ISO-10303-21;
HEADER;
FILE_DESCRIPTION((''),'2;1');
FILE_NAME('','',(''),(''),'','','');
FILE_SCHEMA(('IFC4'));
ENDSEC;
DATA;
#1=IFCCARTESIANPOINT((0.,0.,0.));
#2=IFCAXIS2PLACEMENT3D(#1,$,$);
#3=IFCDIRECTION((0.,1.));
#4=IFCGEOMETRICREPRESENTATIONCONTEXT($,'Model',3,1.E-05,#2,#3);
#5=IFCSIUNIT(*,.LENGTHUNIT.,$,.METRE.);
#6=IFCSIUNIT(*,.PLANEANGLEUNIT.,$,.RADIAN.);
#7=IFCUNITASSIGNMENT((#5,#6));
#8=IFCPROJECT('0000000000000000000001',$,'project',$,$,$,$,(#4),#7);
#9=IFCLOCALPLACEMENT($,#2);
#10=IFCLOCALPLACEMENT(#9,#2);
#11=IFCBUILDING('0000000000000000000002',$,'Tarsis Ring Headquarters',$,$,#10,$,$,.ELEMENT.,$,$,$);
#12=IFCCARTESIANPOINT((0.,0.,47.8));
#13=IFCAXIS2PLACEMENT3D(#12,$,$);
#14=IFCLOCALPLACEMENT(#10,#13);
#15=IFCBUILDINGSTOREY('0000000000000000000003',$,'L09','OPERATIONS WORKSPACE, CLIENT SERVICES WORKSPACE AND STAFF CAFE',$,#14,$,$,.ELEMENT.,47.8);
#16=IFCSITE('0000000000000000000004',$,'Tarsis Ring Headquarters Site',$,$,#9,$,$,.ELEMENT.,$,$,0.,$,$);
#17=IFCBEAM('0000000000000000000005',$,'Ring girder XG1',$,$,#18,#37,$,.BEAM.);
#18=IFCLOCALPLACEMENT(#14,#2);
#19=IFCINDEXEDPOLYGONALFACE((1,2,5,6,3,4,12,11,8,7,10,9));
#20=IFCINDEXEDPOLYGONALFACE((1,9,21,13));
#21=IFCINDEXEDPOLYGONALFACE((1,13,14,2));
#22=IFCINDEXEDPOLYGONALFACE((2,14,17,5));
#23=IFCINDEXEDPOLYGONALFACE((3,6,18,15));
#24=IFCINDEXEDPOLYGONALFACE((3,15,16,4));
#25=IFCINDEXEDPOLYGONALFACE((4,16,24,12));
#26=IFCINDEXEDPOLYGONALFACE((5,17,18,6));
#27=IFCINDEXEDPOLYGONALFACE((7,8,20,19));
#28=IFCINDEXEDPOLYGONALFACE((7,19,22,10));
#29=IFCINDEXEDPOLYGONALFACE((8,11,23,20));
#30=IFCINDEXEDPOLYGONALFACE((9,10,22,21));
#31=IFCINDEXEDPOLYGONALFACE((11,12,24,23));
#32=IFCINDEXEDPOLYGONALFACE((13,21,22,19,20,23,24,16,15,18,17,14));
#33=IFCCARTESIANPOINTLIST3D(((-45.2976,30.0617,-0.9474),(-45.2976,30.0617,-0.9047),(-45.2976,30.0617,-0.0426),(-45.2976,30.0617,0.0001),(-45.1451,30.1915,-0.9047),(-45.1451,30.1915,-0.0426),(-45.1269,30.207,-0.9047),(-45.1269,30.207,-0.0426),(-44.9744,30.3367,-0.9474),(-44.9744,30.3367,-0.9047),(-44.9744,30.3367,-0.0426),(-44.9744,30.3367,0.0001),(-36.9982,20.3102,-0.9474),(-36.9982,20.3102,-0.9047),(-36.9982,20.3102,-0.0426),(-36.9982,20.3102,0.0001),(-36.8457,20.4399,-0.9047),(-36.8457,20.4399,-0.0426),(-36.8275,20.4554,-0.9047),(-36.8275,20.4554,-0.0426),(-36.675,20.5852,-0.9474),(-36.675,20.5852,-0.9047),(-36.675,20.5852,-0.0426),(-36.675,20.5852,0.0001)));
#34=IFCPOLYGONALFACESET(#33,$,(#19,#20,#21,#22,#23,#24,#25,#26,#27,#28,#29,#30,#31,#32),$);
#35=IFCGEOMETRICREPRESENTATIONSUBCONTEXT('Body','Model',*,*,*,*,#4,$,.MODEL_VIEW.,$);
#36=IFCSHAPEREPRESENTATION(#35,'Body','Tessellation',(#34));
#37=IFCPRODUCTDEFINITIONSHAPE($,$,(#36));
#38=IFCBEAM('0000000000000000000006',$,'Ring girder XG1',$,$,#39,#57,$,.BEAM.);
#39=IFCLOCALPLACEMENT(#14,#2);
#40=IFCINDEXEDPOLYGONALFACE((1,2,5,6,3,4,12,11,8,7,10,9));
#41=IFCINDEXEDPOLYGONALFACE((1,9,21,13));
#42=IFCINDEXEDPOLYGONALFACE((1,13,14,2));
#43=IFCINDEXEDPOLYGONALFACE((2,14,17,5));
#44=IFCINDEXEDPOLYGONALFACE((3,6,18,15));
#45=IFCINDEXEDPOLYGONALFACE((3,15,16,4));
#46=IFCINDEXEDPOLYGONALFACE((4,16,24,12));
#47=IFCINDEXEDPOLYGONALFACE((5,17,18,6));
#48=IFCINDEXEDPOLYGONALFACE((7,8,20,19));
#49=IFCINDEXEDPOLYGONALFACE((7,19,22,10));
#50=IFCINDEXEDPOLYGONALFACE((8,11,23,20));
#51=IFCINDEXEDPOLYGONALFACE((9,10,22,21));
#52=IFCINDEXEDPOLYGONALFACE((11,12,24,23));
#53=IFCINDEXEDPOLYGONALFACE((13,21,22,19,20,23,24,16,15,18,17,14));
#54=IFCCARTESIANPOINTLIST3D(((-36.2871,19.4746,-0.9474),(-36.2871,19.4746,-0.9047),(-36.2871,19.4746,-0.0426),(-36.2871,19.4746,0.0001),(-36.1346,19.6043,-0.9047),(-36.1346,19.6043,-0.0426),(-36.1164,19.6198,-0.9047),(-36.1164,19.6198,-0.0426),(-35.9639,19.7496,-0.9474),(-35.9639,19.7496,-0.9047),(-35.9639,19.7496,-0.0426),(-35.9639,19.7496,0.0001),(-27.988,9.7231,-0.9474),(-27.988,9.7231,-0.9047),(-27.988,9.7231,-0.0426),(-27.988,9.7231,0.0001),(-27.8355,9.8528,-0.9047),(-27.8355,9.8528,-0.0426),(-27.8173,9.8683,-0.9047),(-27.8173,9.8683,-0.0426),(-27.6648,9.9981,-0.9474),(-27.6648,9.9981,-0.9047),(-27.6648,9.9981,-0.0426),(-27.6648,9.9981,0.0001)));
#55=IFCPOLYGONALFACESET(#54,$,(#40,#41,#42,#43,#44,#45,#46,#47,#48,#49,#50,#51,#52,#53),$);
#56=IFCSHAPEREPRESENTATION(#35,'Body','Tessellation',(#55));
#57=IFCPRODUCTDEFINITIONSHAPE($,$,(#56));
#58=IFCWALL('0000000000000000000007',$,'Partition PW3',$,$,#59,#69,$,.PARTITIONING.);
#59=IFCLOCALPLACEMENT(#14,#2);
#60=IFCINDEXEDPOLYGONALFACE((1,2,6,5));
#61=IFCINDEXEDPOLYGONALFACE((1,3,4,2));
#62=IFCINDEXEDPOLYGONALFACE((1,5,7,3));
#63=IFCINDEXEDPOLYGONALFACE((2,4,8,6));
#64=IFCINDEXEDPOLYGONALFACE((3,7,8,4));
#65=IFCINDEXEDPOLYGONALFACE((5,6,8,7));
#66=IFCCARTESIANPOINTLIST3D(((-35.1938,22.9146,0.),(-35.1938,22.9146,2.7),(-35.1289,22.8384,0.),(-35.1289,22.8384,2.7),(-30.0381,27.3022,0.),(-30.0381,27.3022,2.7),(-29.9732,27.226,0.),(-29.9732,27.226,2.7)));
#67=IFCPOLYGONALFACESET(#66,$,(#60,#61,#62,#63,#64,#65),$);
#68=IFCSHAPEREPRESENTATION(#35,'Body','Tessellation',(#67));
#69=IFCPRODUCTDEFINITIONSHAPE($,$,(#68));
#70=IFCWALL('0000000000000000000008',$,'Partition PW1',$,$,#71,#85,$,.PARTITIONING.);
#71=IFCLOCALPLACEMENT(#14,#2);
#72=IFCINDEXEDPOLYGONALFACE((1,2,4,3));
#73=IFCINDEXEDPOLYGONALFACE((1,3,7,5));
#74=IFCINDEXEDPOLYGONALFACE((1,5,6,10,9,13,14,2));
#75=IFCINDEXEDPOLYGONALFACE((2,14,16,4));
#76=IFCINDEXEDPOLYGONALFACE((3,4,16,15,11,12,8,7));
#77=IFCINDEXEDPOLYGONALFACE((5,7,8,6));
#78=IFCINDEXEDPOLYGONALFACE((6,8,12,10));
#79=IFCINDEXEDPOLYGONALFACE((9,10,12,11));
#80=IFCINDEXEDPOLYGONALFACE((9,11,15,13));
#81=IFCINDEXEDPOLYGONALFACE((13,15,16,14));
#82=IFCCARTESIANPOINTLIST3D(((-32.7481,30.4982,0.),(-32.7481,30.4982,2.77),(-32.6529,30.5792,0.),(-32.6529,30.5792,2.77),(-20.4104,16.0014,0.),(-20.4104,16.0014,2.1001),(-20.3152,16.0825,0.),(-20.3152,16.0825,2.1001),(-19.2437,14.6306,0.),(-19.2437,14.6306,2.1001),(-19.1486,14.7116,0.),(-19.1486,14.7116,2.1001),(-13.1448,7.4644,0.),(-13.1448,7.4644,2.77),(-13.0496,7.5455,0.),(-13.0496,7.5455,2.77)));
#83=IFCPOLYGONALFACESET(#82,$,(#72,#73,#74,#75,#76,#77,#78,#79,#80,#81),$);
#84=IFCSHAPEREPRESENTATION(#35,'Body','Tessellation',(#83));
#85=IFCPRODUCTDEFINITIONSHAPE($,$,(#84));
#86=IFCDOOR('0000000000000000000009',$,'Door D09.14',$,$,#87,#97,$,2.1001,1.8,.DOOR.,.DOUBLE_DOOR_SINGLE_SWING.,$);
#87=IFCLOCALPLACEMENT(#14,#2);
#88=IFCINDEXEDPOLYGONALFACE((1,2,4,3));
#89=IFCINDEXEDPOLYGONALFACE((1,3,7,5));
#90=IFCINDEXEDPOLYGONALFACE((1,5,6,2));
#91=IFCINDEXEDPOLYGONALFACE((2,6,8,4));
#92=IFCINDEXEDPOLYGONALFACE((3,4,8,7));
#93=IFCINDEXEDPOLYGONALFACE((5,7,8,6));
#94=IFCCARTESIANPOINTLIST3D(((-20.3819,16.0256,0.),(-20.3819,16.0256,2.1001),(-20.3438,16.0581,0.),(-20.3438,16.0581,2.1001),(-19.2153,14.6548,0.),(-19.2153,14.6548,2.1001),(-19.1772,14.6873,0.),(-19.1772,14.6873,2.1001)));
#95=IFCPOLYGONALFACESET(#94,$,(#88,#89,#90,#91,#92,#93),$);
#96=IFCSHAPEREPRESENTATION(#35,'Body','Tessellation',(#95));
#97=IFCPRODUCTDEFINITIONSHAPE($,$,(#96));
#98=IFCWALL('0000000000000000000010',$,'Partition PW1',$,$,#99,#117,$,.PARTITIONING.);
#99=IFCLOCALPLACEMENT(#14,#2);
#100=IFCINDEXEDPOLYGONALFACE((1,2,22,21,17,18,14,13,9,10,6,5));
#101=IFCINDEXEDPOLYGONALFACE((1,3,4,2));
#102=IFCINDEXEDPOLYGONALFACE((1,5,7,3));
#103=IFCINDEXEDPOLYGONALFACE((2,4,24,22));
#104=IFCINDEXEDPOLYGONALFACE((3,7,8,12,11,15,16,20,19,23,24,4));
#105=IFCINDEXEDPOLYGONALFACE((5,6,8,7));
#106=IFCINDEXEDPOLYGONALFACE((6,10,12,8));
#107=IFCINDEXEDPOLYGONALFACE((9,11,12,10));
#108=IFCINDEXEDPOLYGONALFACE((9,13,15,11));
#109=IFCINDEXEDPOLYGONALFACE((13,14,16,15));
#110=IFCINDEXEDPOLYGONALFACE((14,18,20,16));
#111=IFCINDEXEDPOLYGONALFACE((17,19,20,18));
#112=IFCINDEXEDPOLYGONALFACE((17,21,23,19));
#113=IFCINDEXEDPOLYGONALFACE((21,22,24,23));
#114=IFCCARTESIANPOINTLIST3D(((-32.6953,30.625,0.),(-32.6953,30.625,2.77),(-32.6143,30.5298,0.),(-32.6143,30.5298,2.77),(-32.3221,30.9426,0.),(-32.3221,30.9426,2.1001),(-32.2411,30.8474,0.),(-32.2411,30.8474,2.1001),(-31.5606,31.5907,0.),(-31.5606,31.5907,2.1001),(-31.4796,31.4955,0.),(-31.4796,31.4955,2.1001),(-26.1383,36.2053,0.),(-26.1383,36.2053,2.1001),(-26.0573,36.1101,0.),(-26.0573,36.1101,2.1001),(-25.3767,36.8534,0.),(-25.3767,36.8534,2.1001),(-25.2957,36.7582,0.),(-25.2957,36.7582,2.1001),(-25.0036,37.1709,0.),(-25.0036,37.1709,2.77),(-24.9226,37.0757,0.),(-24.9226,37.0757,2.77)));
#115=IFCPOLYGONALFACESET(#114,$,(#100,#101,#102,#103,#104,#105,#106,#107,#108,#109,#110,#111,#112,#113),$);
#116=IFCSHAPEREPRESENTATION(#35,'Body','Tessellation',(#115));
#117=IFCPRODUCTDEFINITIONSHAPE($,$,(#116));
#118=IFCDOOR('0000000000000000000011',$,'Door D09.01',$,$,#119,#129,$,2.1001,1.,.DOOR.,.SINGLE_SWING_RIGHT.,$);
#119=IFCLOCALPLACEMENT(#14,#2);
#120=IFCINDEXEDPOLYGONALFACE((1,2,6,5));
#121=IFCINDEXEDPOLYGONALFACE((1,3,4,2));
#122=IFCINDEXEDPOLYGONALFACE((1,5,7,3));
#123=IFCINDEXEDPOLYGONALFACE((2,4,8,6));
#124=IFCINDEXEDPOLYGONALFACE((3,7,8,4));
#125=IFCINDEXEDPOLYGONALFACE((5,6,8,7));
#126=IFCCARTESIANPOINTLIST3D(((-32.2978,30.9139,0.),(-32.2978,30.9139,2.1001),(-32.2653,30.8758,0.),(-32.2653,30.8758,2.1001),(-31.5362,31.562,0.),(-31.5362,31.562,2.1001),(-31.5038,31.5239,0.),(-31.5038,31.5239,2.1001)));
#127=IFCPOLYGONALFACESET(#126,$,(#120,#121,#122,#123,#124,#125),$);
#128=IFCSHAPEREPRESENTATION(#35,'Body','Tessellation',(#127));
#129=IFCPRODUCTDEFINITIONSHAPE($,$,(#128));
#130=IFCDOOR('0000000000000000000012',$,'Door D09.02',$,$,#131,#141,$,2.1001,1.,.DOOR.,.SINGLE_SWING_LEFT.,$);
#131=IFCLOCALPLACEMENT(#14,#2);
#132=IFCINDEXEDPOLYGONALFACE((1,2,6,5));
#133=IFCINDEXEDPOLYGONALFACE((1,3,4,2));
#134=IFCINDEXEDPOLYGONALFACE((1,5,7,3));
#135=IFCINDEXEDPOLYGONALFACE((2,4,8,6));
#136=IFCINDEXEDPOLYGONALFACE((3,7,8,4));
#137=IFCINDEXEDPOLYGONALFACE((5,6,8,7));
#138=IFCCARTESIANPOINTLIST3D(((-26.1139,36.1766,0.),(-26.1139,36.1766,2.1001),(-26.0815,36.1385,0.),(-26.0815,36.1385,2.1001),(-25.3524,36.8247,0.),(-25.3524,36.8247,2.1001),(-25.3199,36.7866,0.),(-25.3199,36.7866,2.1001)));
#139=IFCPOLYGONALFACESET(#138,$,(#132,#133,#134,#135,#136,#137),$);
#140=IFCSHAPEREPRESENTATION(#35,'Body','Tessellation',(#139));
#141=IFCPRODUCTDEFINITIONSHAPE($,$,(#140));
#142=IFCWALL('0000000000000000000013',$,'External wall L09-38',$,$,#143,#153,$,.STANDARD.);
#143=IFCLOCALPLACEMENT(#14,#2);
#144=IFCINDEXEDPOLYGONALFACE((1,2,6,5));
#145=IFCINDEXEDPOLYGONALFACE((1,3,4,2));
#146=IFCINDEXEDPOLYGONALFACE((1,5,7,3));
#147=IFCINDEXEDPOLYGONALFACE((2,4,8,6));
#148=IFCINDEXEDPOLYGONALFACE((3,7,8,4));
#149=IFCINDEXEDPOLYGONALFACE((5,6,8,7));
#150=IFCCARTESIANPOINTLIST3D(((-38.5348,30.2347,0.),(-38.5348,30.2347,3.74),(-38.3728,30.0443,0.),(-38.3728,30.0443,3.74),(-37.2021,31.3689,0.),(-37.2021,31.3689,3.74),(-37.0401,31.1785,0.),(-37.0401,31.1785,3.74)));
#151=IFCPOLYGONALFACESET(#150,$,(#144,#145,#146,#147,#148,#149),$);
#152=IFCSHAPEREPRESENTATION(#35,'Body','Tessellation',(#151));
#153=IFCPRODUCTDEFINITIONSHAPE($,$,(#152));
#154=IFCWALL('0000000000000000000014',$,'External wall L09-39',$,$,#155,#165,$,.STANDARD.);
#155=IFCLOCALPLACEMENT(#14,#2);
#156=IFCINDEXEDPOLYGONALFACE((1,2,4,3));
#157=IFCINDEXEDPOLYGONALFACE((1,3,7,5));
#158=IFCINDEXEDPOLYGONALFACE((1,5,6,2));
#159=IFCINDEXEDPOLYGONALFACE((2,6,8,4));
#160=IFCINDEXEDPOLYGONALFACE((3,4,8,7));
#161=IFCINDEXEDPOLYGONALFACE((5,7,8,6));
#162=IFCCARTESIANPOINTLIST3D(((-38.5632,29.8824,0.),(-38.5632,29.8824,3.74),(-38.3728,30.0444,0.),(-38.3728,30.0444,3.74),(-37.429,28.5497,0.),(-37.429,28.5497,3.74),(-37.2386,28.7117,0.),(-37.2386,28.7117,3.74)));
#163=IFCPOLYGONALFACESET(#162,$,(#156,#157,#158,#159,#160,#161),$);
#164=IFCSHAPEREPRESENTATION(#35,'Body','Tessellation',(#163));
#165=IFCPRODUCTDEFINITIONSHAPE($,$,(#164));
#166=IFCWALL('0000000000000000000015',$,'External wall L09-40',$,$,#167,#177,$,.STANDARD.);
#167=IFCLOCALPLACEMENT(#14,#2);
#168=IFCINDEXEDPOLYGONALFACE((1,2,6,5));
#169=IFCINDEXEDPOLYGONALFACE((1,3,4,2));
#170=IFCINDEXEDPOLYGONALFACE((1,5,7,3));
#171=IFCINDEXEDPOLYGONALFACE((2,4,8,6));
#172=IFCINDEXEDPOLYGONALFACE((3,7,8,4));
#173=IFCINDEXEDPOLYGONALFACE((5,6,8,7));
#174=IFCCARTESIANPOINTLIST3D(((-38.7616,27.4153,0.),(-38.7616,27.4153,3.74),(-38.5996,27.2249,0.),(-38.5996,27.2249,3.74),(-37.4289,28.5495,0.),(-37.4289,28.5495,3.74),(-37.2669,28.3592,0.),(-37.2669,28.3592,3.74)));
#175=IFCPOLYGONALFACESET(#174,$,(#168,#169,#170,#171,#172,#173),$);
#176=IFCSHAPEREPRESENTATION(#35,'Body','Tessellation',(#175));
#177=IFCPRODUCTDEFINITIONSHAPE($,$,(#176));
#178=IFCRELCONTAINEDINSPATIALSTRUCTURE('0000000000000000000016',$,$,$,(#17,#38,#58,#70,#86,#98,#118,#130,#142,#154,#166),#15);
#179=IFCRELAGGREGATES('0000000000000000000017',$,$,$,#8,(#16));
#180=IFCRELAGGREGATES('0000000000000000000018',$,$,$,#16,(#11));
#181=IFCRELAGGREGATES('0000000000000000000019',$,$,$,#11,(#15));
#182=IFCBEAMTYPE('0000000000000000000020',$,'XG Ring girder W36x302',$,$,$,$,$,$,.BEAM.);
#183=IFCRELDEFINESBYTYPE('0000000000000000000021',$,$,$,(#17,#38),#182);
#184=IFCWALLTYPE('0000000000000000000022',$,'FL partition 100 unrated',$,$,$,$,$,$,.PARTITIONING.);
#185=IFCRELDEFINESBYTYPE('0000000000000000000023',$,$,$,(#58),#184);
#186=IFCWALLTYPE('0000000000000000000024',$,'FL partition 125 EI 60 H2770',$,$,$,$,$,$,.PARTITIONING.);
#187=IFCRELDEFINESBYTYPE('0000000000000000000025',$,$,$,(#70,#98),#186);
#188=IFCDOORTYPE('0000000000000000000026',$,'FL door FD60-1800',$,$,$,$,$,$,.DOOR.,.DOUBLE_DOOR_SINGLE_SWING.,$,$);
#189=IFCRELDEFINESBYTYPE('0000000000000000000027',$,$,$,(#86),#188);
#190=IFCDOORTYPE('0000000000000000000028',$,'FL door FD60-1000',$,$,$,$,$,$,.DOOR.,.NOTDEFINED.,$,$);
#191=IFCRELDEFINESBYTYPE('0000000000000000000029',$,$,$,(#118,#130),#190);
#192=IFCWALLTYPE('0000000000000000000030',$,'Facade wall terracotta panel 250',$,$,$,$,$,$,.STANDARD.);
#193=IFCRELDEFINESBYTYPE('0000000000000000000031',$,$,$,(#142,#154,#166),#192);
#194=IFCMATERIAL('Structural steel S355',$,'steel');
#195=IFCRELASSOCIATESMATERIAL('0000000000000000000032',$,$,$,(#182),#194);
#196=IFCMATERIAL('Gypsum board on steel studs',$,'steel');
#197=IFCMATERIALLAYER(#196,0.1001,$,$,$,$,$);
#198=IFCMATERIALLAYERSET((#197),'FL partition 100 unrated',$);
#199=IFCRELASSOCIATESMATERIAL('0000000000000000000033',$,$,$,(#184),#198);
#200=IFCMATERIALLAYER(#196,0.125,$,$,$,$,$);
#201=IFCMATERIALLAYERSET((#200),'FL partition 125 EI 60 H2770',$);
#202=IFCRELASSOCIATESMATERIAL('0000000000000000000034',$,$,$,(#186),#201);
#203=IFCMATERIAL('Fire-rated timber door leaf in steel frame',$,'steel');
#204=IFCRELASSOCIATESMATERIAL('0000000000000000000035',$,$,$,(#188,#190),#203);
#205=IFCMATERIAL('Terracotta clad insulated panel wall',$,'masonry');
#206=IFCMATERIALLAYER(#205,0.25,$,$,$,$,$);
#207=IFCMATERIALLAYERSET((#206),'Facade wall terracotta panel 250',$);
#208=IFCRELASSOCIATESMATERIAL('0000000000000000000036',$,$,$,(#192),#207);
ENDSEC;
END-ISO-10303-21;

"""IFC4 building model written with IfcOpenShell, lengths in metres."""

from ifc_helpers import new_model, si_unit, direction, frame, frame_2d, origin, origin_2d, place, context, subcontext, project, spatial, rectangle, i_section, extrude, material, layer, layer_set, material_profile, profile_set, type_object, element, fill, save


model = new_model("IFC4")

# Units and contexts
model_context = context("Model", 3, precision=1e-05, world=origin(), true_north=direction((0.0, 1.0)))
body_context = subcontext(model_context, "Body", "Model", "MODEL_VIEW")
ifc_project = project(units=[si_unit("LENGTHUNIT", "METRE"), si_unit("PLANEANGLEUNIT", "RADIAN")], contexts=[model_context])

# Site, building, storey
site_placement = place(None, origin())
site = spatial("IfcSite", under=ifc_project, at=site_placement, Name="Tarsis Ring Headquarters Site", CompositionType="ELEMENT", RefElevation=0.0)
building_placement = place(site_placement, origin())
building = spatial("IfcBuilding", under=site, at=building_placement, Name="Tarsis Ring Headquarters", CompositionType="ELEMENT")
storey_placement = place(building_placement, frame((0.0, 0.0, 47.8)))
storey = spatial("IfcBuildingStorey", under=building, at=storey_placement, Name="L09", Description="OPERATIONS WORKSPACE, CLIENT SERVICES WORKSPACE AND STAFF CAFE", CompositionType="ELEMENT", Elevation=47.8)

# Beams
ifc_material_1 = material(Name="Structural steel S355", Category="steel")
ifc_material_profile_1 = material_profile(ifc_material_1, i_section(OverallWidth=0.4243, OverallDepth=0.9475, WebThickness=0.0239, FlangeThickness=0.0427, at=origin_2d()), Name="W36x302")
ifc_profile_set_1 = profile_set([ifc_material_profile_1], Name="Structural steel S355")
beam_type = type_object("IfcBeamType", Name="XG Ring girder W36x302", PredefinedType="BEAM", material=ifc_profile_set_1)
beam_1_placement = place(storey_placement, frame((-45.136, 30.1992, -0.4736), z_axis=(0.648128, -0.761532, 0.0), x_axis=(0.761532, 0.648128, 0.0)))
element("IfcBeam", 1, at=beam_1_placement, inside=storey, type_object=beam_type, Name="Ring girder XG1", PredefinedType="BEAM", context=body_context, shape_type="SweptSolid", body=[
    extrude(i_section(OverallWidth=0.4243, OverallDepth=0.9475, WebThickness=0.0239, FlangeThickness=0.0427, at=origin_2d()), origin(), (0.0, 0.0, 1.0), 12.8052),
])
beam_2_placement = place(storey_placement, frame((-36.1255, 19.6121, -0.4736), z_axis=(0.648117, -0.761541, 0.0), x_axis=(0.761541, 0.648117, 0.0)))
element("IfcBeam", 2, at=beam_2_placement, inside=storey, type_object=beam_type, Name="Ring girder XG1", PredefinedType="BEAM", context=body_context, shape_type="SweptSolid", body=[
    extrude(i_section(OverallWidth=0.4243, OverallDepth=0.9475, WebThickness=0.0239, FlangeThickness=0.0427, at=origin_2d()), origin(), (0.0, 0.0, 1.0), 12.8049),
])

# Wall
ifc_material_2 = material(Name="Gypsum board on steel studs", Category="steel")
ifc_layer_1 = layer(ifc_material_2, 0.1001)
ifc_layer_set_1 = layer_set([ifc_layer_1], Name="FL partition 100 unrated")
wall_type_1 = type_object("IfcWallType", Name="FL partition 100 unrated", PredefinedType="PARTITIONING", material=ifc_layer_set_1)
wall_1_placement = place(storey_placement, frame((-35.1614, 22.8765, 0.0), z_axis=(0.0, 0.0, 1.0), x_axis=(0.761553, 0.648103, 0.0)))
element("IfcWall", 3, at=wall_1_placement, inside=storey, type_object=wall_type_1, Name="Partition PW3", PredefinedType="PARTITIONING", context=body_context, shape_type="SweptSolid", body=[
    extrude(rectangle(XDim=6.77, YDim=0.1001, at=frame_2d((3.385, 0.0))), origin(), (0.0, 0.0, 1.0), 2.7),
])

# Wall, opening, door
ifc_layer_2 = layer(ifc_material_2, 0.125)
ifc_layer_set_2 = layer_set([ifc_layer_2], Name="FL partition 125 EI 60 H2770")
wall_type_2 = type_object("IfcWallType", Name="FL partition 125 EI 60 H2770", PredefinedType="PARTITIONING", material=ifc_layer_set_2)
wall_2_placement = place(storey_placement, frame((-32.7004, 30.5386, 0.0), z_axis=(0.0, 0.0, 1.0), x_axis=(0.648121, -0.761537, 0.0)))
wall_2 = element("IfcWall", 4, at=wall_2_placement, inside=storey, type_object=wall_type_2, Name="Partition PW1", PredefinedType="PARTITIONING", context=body_context, shape_type="SweptSolid", body=[
    extrude(rectangle(XDim=30.2463, YDim=0.125, at=frame_2d((15.123, 0.0))), origin(), (0.0, 0.0, 1.0), 2.77),
])
opening_1_placement = place(wall_2_placement, frame((19.0361, 0.0, 0.0)))
opening_1 = element("IfcOpeningElement", 5, at=opening_1_placement, cuts=wall_2, PredefinedType="OPENING", context=body_context, shape_type="SweptSolid", body=[
    extrude(rectangle(XDim=1.8, YDim=2.1001, at=frame_2d((0.8999, 1.05))), frame((0.0, 0.0725, 0.0), z_axis=(0.0, -1.0, 0.0), x_axis=(1.0, 0.0, 0.0)), (0.0, 0.0, 1.0), 0.145),
])
ifc_material_3 = material(Name="Fire-rated timber door leaf in steel frame", Category="steel")
door_type_1 = type_object("IfcDoorType", Name="FL door FD60-1800", OperationType="DOUBLE_DOOR_SINGLE_SWING", PredefinedType="DOOR", material=ifc_material_3)
door_1_placement = place(opening_1_placement, origin())
door_1 = element("IfcDoor", 6, at=door_1_placement, inside=storey, type_object=door_type_1, Name="Door D09.14", OperationType="DOUBLE_DOOR_SINGLE_SWING", OverallHeight=2.1001, OverallWidth=1.8, PredefinedType="DOOR", context=body_context, shape_type="SweptSolid", body=[
    extrude(rectangle(XDim=1.8, YDim=2.1001, at=frame_2d((0.8999, 1.05))), frame((0.0, 0.0249, 0.0), z_axis=(0.0, -1.0, 0.0), x_axis=(1.0, 0.0, 0.0)), (0.0, 0.0, 1.0), 0.05),
])
fill(opening_1, door_1)

# Wall, openings, doors
wall_3_placement = place(storey_placement, frame((-32.6548, 30.5774, 0.0), z_axis=(0.0, 0.0, 1.0), x_axis=(0.761549, 0.648108, 0.0)))
wall_3 = element("IfcWall", 7, at=wall_3_placement, inside=storey, type_object=wall_type_2, Name="Partition PW1", PredefinedType="PARTITIONING", context=body_context, shape_type="SweptSolid", body=[
    extrude(rectangle(XDim=10.1001, YDim=0.125, at=frame_2d((5.05, 0.0))), origin(), (0.0, 0.0, 1.0), 2.77),
])
opening_2_placement = place(wall_3_placement, frame((0.49, 0.0, 0.0)))
opening_2 = element("IfcOpeningElement", 8, at=opening_2_placement, cuts=wall_3, PredefinedType="OPENING", context=body_context, shape_type="SweptSolid", body=[
    extrude(rectangle(XDim=1.0, YDim=2.1001, at=frame_2d((0.5, 1.05))), frame((0.0, 0.0725, 0.0), z_axis=(0.0, -1.0, 0.0), x_axis=(1.0, 0.0, 0.0)), (0.0, 0.0, 1.0), 0.145),
])
opening_3_placement = place(wall_3_placement, frame((8.6101, 0.0, 0.0)))
opening_3 = element("IfcOpeningElement", 9, at=opening_3_placement, cuts=wall_3, PredefinedType="OPENING", context=body_context, shape_type="SweptSolid", body=[
    extrude(rectangle(XDim=1.0, YDim=2.1001, at=frame_2d((0.5, 1.05))), frame((0.0, 0.0725, 0.0), z_axis=(0.0, -1.0, 0.0), x_axis=(1.0, 0.0, 0.0)), (0.0, 0.0, 1.0), 0.145),
])
door_type_2 = type_object("IfcDoorType", Name="FL door FD60-1000", OperationType="NOTDEFINED", PredefinedType="DOOR", material=ifc_material_3)
door_2_placement = place(opening_2_placement, origin())
door_2 = element("IfcDoor", 10, at=door_2_placement, inside=storey, type_object=door_type_2, Name="Door D09.01", OperationType="SINGLE_SWING_RIGHT", OverallHeight=2.1001, OverallWidth=1.0, PredefinedType="DOOR", context=body_context, shape_type="SweptSolid", body=[
    extrude(rectangle(XDim=1.0, YDim=2.1001, at=frame_2d((0.5, 1.05))), frame((0.0, 0.0249, 0.0), z_axis=(0.0, -1.0, 0.0), x_axis=(1.0, 0.0, 0.0)), (0.0, 0.0, 1.0), 0.05),
])
fill(opening_2, door_2)
door_3_placement = place(opening_3_placement, origin())
door_3 = element("IfcDoor", 11, at=door_3_placement, inside=storey, type_object=door_type_2, Name="Door D09.02", OperationType="SINGLE_SWING_LEFT", OverallHeight=2.1001, OverallWidth=1.0, PredefinedType="DOOR", context=body_context, shape_type="SweptSolid", body=[
    extrude(rectangle(XDim=1.0, YDim=2.1001, at=frame_2d((0.5, 1.05))), frame((0.0, 0.0249, 0.0), z_axis=(0.0, -1.0, 0.0), x_axis=(1.0, 0.0, 0.0)), (0.0, 0.0, 1.0), 0.05),
])
fill(opening_3, door_3)

# Shared definitions
ifc_material_4 = material(Name="Terracotta clad insulated panel wall", Category="masonry")
ifc_layer_3 = layer(ifc_material_4, 0.25)
ifc_layer_set_3 = layer_set([ifc_layer_3], Name="Facade wall terracotta panel 250")
wall_type_3 = type_object("IfcWallType", Name="Facade wall terracotta panel 250", PredefinedType="STANDARD", material=ifc_layer_set_3)

# Walls
for number, where, z_axis, x_axis, name in (
    (12, (-37.1211, 31.2737, 0.0), (0.0, 0.0, 1.0), (-0.761536, -0.648122, 0.0), "External wall L09-38"),
    (13, (-38.468, 29.9634, 0.0), (0.0, 0.0, 1.0), (0.648122, -0.761536, 0.0), "External wall L09-39"),
    (14, (-37.3479, 28.4543, 0.0), (0.0, 0.0, 1.0), (-0.761536, -0.648122, 0.0), "External wall L09-40"),
):
    element("IfcWall", number, at=place(storey_placement, frame(where, z_axis=z_axis, x_axis=x_axis)), inside=storey, type_object=wall_type_3, Name=name, PredefinedType="STANDARD", context=body_context, shape_type="SweptSolid", body=[
        extrude(rectangle(XDim=1.75, YDim=0.25, at=frame_2d((0.875, 0.0))), origin(), (0.0, 0.0, 1.0), 3.74),
    ])

save(model, "model.ifc")
